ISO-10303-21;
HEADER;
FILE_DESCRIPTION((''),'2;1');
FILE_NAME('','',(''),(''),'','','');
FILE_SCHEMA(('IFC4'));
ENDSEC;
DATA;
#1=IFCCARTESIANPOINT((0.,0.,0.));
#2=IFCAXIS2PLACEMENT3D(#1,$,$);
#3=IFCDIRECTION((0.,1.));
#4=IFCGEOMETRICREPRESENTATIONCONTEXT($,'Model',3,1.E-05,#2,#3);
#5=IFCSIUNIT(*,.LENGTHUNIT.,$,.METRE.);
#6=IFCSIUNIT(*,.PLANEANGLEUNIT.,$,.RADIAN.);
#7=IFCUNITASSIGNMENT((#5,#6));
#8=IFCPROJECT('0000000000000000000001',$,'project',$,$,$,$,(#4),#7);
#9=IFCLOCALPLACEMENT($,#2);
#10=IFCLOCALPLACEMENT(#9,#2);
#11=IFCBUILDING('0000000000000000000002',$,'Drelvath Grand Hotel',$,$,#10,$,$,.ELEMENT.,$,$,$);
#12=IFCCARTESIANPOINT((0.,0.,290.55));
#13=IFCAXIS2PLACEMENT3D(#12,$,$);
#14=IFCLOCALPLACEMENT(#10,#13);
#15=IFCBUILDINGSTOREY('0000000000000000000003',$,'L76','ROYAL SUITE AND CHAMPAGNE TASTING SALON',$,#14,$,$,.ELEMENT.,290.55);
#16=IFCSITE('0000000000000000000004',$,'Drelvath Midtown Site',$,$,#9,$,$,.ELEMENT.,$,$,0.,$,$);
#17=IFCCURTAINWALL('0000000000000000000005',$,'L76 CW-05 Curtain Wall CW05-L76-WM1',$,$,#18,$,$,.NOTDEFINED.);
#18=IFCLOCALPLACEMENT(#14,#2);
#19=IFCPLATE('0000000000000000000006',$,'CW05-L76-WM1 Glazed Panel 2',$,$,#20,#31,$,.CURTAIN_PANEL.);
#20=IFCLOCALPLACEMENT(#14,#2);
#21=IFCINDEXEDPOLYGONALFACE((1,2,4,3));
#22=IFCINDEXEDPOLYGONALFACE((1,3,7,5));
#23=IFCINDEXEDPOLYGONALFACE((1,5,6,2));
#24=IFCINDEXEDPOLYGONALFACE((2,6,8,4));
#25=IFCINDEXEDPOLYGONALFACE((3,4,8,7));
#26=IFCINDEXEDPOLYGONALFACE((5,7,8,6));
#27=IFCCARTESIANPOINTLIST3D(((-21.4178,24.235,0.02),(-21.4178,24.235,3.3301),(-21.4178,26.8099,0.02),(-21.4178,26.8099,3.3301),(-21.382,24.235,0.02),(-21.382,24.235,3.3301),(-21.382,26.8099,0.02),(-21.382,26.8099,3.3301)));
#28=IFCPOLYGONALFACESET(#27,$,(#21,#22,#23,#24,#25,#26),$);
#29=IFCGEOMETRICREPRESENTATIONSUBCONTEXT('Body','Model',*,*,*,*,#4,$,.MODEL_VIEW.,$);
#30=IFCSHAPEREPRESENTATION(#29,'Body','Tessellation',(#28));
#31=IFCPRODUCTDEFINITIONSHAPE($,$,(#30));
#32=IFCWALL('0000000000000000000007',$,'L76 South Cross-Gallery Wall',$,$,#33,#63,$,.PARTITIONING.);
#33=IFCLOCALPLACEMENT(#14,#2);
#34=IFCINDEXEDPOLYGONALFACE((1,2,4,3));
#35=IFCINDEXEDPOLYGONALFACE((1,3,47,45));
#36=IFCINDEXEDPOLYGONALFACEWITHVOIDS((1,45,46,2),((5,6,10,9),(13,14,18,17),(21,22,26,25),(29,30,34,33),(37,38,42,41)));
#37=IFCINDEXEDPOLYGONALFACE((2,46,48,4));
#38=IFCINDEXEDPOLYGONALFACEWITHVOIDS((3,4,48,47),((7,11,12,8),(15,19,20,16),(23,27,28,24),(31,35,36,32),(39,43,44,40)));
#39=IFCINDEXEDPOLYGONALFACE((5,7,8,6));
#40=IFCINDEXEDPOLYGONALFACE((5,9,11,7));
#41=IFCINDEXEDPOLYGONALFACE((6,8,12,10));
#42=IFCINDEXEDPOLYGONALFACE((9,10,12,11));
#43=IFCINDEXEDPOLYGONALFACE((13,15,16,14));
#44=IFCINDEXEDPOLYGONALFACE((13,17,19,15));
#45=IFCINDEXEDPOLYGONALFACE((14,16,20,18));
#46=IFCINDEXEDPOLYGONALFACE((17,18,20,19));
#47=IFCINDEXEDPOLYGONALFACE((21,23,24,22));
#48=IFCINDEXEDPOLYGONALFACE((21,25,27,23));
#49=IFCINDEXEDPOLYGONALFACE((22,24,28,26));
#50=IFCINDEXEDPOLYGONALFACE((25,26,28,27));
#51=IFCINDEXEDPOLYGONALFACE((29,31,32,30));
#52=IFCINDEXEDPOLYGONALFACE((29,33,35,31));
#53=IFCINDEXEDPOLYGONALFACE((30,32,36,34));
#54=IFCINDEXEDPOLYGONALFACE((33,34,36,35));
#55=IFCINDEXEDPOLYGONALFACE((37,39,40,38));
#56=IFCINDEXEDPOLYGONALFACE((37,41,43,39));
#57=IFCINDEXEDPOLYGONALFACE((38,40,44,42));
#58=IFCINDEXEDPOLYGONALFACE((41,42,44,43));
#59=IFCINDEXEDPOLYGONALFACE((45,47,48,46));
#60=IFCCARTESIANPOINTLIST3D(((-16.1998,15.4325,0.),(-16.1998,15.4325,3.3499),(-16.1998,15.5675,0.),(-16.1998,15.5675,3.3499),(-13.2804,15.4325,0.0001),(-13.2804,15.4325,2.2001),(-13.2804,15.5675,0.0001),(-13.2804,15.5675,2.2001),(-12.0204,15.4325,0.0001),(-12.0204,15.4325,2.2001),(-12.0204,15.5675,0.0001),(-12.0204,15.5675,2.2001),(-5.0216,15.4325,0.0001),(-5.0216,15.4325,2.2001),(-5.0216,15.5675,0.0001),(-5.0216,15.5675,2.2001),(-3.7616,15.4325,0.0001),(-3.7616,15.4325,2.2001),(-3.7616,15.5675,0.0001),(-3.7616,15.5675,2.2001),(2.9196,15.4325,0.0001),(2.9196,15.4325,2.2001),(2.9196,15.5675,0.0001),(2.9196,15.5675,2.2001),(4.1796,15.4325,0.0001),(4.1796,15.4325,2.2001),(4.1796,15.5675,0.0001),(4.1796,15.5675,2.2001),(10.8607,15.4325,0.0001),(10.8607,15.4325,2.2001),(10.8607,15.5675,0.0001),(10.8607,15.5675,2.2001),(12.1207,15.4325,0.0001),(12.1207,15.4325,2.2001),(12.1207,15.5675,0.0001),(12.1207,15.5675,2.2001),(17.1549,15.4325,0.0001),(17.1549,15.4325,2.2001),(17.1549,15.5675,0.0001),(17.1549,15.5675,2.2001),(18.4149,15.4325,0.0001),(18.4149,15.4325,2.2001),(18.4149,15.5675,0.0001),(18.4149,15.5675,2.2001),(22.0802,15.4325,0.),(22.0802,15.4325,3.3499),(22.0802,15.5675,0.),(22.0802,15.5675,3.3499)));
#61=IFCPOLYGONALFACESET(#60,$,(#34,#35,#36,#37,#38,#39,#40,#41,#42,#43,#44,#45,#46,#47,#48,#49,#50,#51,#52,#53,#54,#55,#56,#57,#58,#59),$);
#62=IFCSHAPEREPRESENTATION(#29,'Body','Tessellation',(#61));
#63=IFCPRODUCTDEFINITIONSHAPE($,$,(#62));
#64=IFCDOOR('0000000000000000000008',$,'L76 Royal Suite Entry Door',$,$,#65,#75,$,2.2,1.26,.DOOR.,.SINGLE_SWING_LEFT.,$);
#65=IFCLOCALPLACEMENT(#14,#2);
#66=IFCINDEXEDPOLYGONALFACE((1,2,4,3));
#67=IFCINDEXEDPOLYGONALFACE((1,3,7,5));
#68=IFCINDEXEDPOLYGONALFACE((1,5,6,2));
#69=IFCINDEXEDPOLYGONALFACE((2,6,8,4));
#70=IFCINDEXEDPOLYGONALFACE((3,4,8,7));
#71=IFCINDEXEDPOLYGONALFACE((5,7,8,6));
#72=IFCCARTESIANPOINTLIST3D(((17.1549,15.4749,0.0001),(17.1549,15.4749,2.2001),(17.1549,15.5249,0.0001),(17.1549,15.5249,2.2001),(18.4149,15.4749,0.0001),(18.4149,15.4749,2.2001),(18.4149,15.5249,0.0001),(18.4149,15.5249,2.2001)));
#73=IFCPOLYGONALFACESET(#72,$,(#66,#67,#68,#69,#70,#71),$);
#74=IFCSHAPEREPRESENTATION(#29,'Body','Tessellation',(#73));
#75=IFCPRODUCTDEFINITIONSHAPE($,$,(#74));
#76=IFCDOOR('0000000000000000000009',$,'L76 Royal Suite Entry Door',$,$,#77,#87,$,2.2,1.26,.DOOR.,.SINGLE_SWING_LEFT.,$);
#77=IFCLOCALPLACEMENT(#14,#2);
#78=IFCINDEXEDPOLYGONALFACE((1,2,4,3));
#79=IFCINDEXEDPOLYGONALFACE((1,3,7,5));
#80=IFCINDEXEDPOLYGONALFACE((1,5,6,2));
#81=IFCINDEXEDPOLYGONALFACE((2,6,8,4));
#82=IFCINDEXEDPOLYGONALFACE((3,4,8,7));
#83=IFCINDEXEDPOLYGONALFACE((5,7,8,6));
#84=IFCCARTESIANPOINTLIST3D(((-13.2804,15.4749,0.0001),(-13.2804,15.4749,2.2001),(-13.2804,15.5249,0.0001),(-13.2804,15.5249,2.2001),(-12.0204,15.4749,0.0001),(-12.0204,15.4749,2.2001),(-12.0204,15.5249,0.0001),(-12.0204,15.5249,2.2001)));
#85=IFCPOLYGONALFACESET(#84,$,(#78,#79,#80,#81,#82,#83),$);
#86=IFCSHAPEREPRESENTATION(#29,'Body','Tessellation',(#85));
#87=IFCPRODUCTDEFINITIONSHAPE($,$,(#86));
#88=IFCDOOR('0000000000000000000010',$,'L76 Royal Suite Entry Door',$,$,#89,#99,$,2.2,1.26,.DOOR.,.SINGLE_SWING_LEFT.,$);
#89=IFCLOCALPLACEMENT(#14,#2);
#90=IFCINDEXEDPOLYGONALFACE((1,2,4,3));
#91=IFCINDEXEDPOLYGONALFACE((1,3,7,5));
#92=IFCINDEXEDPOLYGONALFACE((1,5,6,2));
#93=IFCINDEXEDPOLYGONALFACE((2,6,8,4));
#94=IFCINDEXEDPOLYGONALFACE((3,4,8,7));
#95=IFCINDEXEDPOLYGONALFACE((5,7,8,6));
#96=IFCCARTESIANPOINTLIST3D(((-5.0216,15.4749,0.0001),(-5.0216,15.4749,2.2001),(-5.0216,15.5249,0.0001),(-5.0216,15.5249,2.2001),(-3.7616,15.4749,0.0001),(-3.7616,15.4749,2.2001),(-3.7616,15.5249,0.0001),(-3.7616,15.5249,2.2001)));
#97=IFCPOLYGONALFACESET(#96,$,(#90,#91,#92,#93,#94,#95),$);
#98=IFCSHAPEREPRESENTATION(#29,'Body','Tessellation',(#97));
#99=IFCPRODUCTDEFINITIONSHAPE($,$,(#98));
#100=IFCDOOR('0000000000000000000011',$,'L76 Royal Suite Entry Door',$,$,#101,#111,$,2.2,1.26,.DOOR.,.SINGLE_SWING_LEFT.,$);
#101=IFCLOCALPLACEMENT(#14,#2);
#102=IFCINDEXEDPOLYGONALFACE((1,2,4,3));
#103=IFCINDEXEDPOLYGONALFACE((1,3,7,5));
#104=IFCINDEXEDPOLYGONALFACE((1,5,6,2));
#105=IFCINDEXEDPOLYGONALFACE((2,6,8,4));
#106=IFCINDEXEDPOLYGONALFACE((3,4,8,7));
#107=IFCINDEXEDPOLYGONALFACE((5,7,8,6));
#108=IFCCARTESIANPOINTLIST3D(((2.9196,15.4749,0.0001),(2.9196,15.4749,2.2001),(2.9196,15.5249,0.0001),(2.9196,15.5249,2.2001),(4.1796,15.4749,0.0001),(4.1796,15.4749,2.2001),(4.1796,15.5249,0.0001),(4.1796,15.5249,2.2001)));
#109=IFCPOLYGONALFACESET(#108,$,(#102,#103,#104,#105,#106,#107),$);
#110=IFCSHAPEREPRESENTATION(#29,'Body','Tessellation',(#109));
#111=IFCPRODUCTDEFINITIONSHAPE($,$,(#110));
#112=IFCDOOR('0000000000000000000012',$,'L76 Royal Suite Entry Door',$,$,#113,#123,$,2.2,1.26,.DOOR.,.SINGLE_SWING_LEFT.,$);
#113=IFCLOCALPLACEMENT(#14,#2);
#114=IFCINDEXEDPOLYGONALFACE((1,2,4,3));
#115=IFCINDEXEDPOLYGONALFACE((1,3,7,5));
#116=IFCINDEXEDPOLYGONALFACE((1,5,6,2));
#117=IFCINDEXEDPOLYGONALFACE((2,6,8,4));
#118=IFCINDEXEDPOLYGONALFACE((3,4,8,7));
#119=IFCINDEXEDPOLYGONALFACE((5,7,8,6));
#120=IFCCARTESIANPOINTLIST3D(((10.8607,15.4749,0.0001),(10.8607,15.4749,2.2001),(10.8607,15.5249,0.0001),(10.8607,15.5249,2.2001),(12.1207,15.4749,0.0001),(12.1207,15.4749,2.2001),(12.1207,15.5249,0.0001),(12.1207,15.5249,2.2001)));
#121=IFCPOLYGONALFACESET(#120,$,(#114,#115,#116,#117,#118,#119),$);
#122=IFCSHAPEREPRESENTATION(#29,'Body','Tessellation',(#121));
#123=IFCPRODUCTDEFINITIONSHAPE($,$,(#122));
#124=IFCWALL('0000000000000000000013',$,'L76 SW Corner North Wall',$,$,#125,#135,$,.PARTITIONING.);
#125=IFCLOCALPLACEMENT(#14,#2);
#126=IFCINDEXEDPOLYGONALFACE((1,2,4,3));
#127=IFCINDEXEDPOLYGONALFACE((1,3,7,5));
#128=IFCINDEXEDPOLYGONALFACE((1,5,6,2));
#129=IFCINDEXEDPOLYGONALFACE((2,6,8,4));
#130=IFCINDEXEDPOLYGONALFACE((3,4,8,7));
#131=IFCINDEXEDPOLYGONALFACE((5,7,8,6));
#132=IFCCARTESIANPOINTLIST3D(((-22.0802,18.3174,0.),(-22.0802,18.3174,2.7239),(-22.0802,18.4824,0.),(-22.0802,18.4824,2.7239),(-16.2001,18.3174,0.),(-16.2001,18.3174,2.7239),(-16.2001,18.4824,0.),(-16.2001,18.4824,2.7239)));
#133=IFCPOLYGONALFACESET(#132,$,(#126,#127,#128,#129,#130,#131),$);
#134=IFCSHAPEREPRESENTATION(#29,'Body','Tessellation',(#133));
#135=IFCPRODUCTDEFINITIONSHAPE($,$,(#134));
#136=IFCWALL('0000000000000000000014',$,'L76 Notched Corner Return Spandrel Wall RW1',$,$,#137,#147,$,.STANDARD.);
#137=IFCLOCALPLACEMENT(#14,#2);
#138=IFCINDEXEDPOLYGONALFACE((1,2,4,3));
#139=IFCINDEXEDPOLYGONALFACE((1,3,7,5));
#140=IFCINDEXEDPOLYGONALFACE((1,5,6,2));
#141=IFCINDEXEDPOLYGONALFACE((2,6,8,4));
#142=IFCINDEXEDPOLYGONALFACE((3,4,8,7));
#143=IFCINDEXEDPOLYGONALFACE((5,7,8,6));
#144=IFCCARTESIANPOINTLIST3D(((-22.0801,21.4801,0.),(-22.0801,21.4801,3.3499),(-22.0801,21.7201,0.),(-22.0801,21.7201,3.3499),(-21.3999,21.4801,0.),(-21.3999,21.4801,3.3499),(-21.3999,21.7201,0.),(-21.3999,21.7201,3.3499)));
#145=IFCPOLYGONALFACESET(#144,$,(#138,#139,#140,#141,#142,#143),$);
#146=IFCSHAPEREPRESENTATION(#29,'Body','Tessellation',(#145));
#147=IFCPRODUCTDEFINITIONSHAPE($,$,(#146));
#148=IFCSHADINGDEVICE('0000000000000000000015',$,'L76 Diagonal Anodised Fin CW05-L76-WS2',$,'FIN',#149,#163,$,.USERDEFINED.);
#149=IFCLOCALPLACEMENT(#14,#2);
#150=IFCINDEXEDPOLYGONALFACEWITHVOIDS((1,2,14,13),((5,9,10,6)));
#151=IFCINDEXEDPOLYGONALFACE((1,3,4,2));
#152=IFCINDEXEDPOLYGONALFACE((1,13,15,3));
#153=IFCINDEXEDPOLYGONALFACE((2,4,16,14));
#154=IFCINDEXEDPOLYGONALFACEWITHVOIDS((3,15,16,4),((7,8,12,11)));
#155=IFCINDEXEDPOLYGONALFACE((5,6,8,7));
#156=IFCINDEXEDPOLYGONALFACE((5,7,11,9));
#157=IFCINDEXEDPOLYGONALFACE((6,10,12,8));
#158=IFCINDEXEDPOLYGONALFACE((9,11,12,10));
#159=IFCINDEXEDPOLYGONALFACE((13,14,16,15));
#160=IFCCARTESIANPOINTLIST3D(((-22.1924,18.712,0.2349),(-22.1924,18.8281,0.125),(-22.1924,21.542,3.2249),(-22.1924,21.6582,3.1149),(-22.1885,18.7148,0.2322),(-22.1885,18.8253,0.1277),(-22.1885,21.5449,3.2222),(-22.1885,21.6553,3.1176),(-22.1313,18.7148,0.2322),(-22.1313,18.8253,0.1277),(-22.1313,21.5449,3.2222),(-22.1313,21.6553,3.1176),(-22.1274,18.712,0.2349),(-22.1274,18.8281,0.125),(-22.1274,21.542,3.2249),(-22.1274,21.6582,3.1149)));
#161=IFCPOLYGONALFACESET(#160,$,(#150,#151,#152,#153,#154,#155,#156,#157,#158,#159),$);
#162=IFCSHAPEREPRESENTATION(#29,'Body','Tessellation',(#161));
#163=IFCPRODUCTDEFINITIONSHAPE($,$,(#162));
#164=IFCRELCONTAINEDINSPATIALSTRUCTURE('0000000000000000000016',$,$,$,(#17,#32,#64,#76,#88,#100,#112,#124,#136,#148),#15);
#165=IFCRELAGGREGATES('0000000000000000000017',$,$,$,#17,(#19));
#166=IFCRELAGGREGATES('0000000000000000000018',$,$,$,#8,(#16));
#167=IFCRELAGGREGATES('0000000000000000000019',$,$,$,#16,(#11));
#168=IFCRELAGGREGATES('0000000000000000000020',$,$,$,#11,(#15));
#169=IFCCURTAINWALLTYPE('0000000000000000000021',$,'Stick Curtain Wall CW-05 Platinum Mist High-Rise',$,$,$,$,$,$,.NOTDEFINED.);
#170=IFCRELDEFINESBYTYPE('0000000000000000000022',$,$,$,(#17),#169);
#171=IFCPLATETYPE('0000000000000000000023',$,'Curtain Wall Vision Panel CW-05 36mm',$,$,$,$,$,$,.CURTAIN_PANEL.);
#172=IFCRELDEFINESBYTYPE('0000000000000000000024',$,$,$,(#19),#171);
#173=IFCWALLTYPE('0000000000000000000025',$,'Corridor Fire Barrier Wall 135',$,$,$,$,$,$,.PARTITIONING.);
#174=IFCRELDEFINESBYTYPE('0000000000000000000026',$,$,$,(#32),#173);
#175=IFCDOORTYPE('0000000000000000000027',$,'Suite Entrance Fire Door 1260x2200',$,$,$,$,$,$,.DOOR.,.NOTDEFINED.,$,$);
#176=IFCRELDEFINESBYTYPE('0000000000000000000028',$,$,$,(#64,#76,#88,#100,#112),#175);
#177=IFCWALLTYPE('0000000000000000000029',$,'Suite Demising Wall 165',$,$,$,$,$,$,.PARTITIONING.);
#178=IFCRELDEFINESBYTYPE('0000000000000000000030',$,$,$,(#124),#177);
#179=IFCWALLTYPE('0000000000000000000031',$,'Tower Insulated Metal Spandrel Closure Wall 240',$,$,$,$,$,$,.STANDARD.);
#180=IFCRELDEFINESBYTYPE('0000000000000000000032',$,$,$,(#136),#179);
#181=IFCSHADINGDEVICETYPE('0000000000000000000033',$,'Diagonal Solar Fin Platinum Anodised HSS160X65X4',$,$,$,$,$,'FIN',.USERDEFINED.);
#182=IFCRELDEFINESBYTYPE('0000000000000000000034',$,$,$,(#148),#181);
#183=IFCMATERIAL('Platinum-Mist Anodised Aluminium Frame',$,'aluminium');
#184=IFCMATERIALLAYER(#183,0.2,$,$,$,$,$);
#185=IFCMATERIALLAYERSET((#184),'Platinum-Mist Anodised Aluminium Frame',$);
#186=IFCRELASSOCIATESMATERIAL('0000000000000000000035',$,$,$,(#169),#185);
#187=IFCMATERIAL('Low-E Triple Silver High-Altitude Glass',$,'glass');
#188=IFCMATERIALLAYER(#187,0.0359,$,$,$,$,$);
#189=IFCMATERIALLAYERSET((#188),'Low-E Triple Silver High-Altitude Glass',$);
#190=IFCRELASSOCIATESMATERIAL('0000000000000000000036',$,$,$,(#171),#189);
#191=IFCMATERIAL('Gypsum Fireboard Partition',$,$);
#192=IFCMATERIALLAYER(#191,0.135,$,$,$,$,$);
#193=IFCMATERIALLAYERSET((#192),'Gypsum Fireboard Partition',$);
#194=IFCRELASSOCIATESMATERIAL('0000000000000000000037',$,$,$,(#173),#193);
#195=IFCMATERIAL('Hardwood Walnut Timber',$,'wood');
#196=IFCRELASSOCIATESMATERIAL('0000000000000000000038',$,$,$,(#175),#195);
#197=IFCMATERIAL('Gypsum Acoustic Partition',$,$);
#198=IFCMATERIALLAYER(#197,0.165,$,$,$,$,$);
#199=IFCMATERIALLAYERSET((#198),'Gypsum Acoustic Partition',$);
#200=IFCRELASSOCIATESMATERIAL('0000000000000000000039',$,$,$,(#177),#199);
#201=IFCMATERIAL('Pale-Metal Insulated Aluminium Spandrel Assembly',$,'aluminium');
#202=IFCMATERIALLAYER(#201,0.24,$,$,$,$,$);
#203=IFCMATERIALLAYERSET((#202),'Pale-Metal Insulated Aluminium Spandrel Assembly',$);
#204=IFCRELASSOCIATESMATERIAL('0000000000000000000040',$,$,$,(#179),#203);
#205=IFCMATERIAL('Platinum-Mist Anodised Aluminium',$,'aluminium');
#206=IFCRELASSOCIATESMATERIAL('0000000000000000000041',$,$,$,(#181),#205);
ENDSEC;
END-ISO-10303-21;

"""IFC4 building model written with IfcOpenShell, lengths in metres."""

from ifc_helpers import new_model, si_unit, direction, frame, frame_2d, origin, origin_2d, place, context, subcontext, project, spatial, rectangle, hollow_rectangle, extrude, material, layer, layer_set, material_profile, profile_set, type_object, element, fill, aggregate, save


model = new_model("IFC4")

# Units and contexts
model_context = context("Model", 3, precision=1e-05, world=origin(), true_north=direction((0.0, 1.0)))
body_context = subcontext(model_context, "Body", "Model", "MODEL_VIEW")
ifc_project = project(units=[si_unit("LENGTHUNIT", "METRE"), si_unit("PLANEANGLEUNIT", "RADIAN")], contexts=[model_context])

# Site, building, storey
site_placement = place(None, origin())
site = spatial("IfcSite", under=ifc_project, at=site_placement, Name="Drelvath Midtown Site", CompositionType="ELEMENT", RefElevation=0.0)
building_placement = place(site_placement, origin())
building = spatial("IfcBuilding", under=site, at=building_placement, Name="Drelvath Grand Hotel", CompositionType="ELEMENT")
storey_placement = place(building_placement, frame((0.0, 0.0, 290.55)))
storey = spatial("IfcBuildingStorey", under=building, at=storey_placement, Name="L76", Description="ROYAL SUITE AND CHAMPAGNE TASTING SALON", CompositionType="ELEMENT", Elevation=290.55)

# Curtain wall
ifc_material_1 = material(Name="Platinum-Mist Anodised Aluminium Frame", Category="aluminium")
ifc_layer_1 = layer(ifc_material_1, 0.2)
ifc_layer_set_1 = layer_set([ifc_layer_1], Name="Platinum-Mist Anodised Aluminium Frame")
curtain_wall_type = type_object("IfcCurtainWallType", Name="Stick Curtain Wall CW-05 Platinum Mist High-Rise", PredefinedType="NOTDEFINED", material=ifc_layer_set_1)
curtain_wall_1_placement = place(storey_placement, origin())
curtain_wall_1 = element("IfcCurtainWall", 1, at=curtain_wall_1_placement, inside=storey, type_object=curtain_wall_type, Name="L76 CW-05 Curtain Wall CW05-L76-WM1", PredefinedType="NOTDEFINED")

# Plate
ifc_material_2 = material(Name="Low-E Triple Silver High-Altitude Glass", Category="glass")
ifc_layer_2 = layer(ifc_material_2, 0.0359)
ifc_layer_set_2 = layer_set([ifc_layer_2], Name="Low-E Triple Silver High-Altitude Glass")
plate_type = type_object("IfcPlateType", Name="Curtain Wall Vision Panel CW-05 36mm", PredefinedType="CURTAIN_PANEL", material=ifc_layer_set_2)
plate_1_placement = place(storey_placement, frame((-21.3999, 25.5225, 0.02), z_axis=(0.0, 0.0, 1.0), x_axis=(0.0, 1.0, 0.0)))
plate_1 = element("IfcPlate", 2, at=plate_1_placement, type_object=plate_type, Name="CW05-L76-WM1 Glazed Panel 2", PredefinedType="CURTAIN_PANEL", context=body_context, shape_type="SweptSolid", body=[
    extrude(rectangle(XDim=2.575, YDim=0.0359, at=origin_2d()), origin(), (0.0, 0.0, 1.0), 3.3101),
])
aggregate(curtain_wall_1, [plate_1])

# Wall, openings, doors
ifc_material_3 = material(Name="Gypsum Fireboard Partition")
ifc_layer_3 = layer(ifc_material_3, 0.135)
ifc_layer_set_3 = layer_set([ifc_layer_3], Name="Gypsum Fireboard Partition")
wall_type_1 = type_object("IfcWallType", Name="Corridor Fire Barrier Wall 135", PredefinedType="PARTITIONING", material=ifc_layer_set_3)
wall_1_placement = place(storey_placement, frame((-16.2, 15.5, 0.0), z_axis=(0.0, 0.0, 1.0), x_axis=(1.0, 0.0, 0.0)))
wall_1 = element("IfcWall", 3, at=wall_1_placement, inside=storey, type_object=wall_type_1, Name="L76 South Cross-Gallery Wall", PredefinedType="PARTITIONING", context=body_context, shape_type="SweptSolid", body=[
    extrude(rectangle(XDim=38.28, YDim=0.135, at=frame_2d((19.1401, 0.0))), origin(), (0.0, 0.0, 1.0), 3.3499),
])
opening_1_placement = place(wall_1_placement, frame((33.355, 0.0, 0.0)))
opening_1 = element("IfcOpeningElement", 4, at=opening_1_placement, cuts=wall_1, PredefinedType="OPENING", context=body_context, shape_type="SweptSolid", body=[
    extrude(rectangle(XDim=1.26, YDim=2.2, at=frame_2d((0.6299, 1.1001))), frame((0.0, 0.0774, 0.0), z_axis=(0.0, -1.0, 0.0), x_axis=(1.0, 0.0, 0.0)), (0.0, 0.0, 1.0), 0.155),
])
opening_2_placement = place(wall_1_placement, frame((2.9197, 0.0, 0.0)))
opening_2 = element("IfcOpeningElement", 5, at=opening_2_placement, cuts=wall_1, PredefinedType="OPENING", context=body_context, shape_type="SweptSolid", body=[
    extrude(rectangle(XDim=1.26, YDim=2.2, at=frame_2d((0.6299, 1.1001))), frame((0.0, 0.0774, 0.0), z_axis=(0.0, -1.0, 0.0), x_axis=(1.0, 0.0, 0.0)), (0.0, 0.0, 1.0), 0.155),
])
opening_3_placement = place(wall_1_placement, frame((11.1785, 0.0, 0.0)))
opening_3 = element("IfcOpeningElement", 6, at=opening_3_placement, cuts=wall_1, PredefinedType="OPENING", context=body_context, shape_type="SweptSolid", body=[
    extrude(rectangle(XDim=1.26, YDim=2.2, at=frame_2d((0.6299, 1.1001))), frame((0.0, 0.0774, 0.0), z_axis=(0.0, -1.0, 0.0), x_axis=(1.0, 0.0, 0.0)), (0.0, 0.0, 1.0), 0.155),
])
opening_4_placement = place(wall_1_placement, frame((19.1196, 0.0, 0.0)))
opening_4 = element("IfcOpeningElement", 7, at=opening_4_placement, cuts=wall_1, PredefinedType="OPENING", context=body_context, shape_type="SweptSolid", body=[
    extrude(rectangle(XDim=1.26, YDim=2.2, at=frame_2d((0.6299, 1.1001))), frame((0.0, 0.0774, 0.0), z_axis=(0.0, -1.0, 0.0), x_axis=(1.0, 0.0, 0.0)), (0.0, 0.0, 1.0), 0.155),
])
opening_5_placement = place(wall_1_placement, frame((27.0608, 0.0, 0.0)))
opening_5 = element("IfcOpeningElement", 8, at=opening_5_placement, cuts=wall_1, PredefinedType="OPENING", context=body_context, shape_type="SweptSolid", body=[
    extrude(rectangle(XDim=1.26, YDim=2.2, at=frame_2d((0.6299, 1.1001))), frame((0.0, 0.0774, 0.0), z_axis=(0.0, -1.0, 0.0), x_axis=(1.0, 0.0, 0.0)), (0.0, 0.0, 1.0), 0.155),
])
ifc_material_4 = material(Name="Hardwood Walnut Timber", Category="wood")
door_type = type_object("IfcDoorType", Name="Suite Entrance Fire Door 1260x2200", OperationType="NOTDEFINED", PredefinedType="DOOR", material=ifc_material_4)
door_1_placement = place(opening_1_placement, origin())
door_1 = element("IfcDoor", 9, at=door_1_placement, inside=storey, type_object=door_type, Name="L76 Royal Suite Entry Door", OperationType="SINGLE_SWING_LEFT", OverallHeight=2.2, OverallWidth=1.26, PredefinedType="DOOR", context=body_context, shape_type="SweptSolid", body=[
    extrude(rectangle(XDim=1.26, YDim=2.2, at=frame_2d((0.6299, 1.1001))), frame((0.0, 0.0249, 0.0), z_axis=(0.0, -1.0, 0.0), x_axis=(1.0, 0.0, 0.0)), (0.0, 0.0, 1.0), 0.05),
])
fill(opening_1, door_1)
door_2_placement = place(opening_2_placement, origin())
door_2 = element("IfcDoor", 10, at=door_2_placement, inside=storey, type_object=door_type, Name="L76 Royal Suite Entry Door", OperationType="SINGLE_SWING_LEFT", OverallHeight=2.2, OverallWidth=1.26, PredefinedType="DOOR", context=body_context, shape_type="SweptSolid", body=[
    extrude(rectangle(XDim=1.26, YDim=2.2, at=frame_2d((0.6299, 1.1001))), frame((0.0, 0.0249, 0.0), z_axis=(0.0, -1.0, 0.0), x_axis=(1.0, 0.0, 0.0)), (0.0, 0.0, 1.0), 0.05),
])
fill(opening_2, door_2)
door_3_placement = place(opening_3_placement, origin())
door_3 = element("IfcDoor", 11, at=door_3_placement, inside=storey, type_object=door_type, Name="L76 Royal Suite Entry Door", OperationType="SINGLE_SWING_LEFT", OverallHeight=2.2, OverallWidth=1.26, PredefinedType="DOOR", context=body_context, shape_type="SweptSolid", body=[
    extrude(rectangle(XDim=1.26, YDim=2.2, at=frame_2d((0.6299, 1.1001))), frame((0.0, 0.0249, 0.0), z_axis=(0.0, -1.0, 0.0), x_axis=(1.0, 0.0, 0.0)), (0.0, 0.0, 1.0), 0.05),
])
fill(opening_3, door_3)
door_4_placement = place(opening_4_placement, origin())
door_4 = element("IfcDoor", 12, at=door_4_placement, inside=storey, type_object=door_type, Name="L76 Royal Suite Entry Door", OperationType="SINGLE_SWING_LEFT", OverallHeight=2.2, OverallWidth=1.26, PredefinedType="DOOR", context=body_context, shape_type="SweptSolid", body=[
    extrude(rectangle(XDim=1.26, YDim=2.2, at=frame_2d((0.6299, 1.1001))), frame((0.0, 0.0249, 0.0), z_axis=(0.0, -1.0, 0.0), x_axis=(1.0, 0.0, 0.0)), (0.0, 0.0, 1.0), 0.05),
])
fill(opening_4, door_4)
door_5_placement = place(opening_5_placement, origin())
door_5 = element("IfcDoor", 13, at=door_5_placement, inside=storey, type_object=door_type, Name="L76 Royal Suite Entry Door", OperationType="SINGLE_SWING_LEFT", OverallHeight=2.2, OverallWidth=1.26, PredefinedType="DOOR", context=body_context, shape_type="SweptSolid", body=[
    extrude(rectangle(XDim=1.26, YDim=2.2, at=frame_2d((0.6299, 1.1001))), frame((0.0, 0.0249, 0.0), z_axis=(0.0, -1.0, 0.0), x_axis=(1.0, 0.0, 0.0)), (0.0, 0.0, 1.0), 0.05),
])
fill(opening_5, door_5)

# Walls
ifc_material_5 = material(Name="Gypsum Acoustic Partition")
ifc_layer_4 = layer(ifc_material_5, 0.165)
ifc_layer_set_4 = layer_set([ifc_layer_4], Name="Gypsum Acoustic Partition")
wall_type_2 = type_object("IfcWallType", Name="Suite Demising Wall 165", PredefinedType="PARTITIONING", material=ifc_layer_set_4)
wall_2_placement = place(storey_placement, frame((-22.0801, 18.3999, 0.0), z_axis=(0.0, 0.0, 1.0), x_axis=(1.0, 0.0, 0.0)))
element("IfcWall", 14, at=wall_2_placement, inside=storey, type_object=wall_type_2, Name="L76 SW Corner North Wall", PredefinedType="PARTITIONING", context=body_context, shape_type="SweptSolid", body=[
    extrude(rectangle(XDim=5.8801, YDim=0.165, at=frame_2d((2.9399, 0.0))), origin(), (0.0, 0.0, 1.0), 2.7239),
])
ifc_material_6 = material(Name="Pale-Metal Insulated Aluminium Spandrel Assembly", Category="aluminium")
ifc_layer_5 = layer(ifc_material_6, 0.24)
ifc_layer_set_5 = layer_set([ifc_layer_5], Name="Pale-Metal Insulated Aluminium Spandrel Assembly")
wall_type_3 = type_object("IfcWallType", Name="Tower Insulated Metal Spandrel Closure Wall 240", PredefinedType="STANDARD", material=ifc_layer_set_5)
wall_3_placement = place(storey_placement, frame((-22.0801, 21.6001, 0.0), z_axis=(0.0, 0.0, 1.0), x_axis=(1.0, 0.0, 0.0)))
element("IfcWall", 15, at=wall_3_placement, inside=storey, type_object=wall_type_3, Name="L76 Notched Corner Return Spandrel Wall RW1", PredefinedType="STANDARD", context=body_context, shape_type="SweptSolid", body=[
    extrude(rectangle(XDim=0.6802, YDim=0.24, at=frame_2d((0.3401, 0.0))), origin(), (0.0, 0.0, 1.0), 3.3499),
])

# Shading device
ifc_material_7 = material(Name="Platinum-Mist Anodised Aluminium", Category="aluminium")
ifc_material_profile_1 = material_profile(ifc_material_7, hollow_rectangle(XDim=0.0649, YDim=0.1599, WallThickness=0.0039, at=origin_2d()), Name="HSS160X65X4")
ifc_profile_set_1 = profile_set([ifc_material_profile_1], Name="Platinum-Mist Anodised Aluminium")
shading_device_type = type_object("IfcShadingDeviceType", Name="Diagonal Solar Fin Platinum Anodised HSS160X65X4", ElementType="FIN", PredefinedType="USERDEFINED", material=ifc_profile_set_1)
shading_device_placement = place(storey_placement, frame((-22.1599, 18.77, 0.1799), z_axis=(0.0, 0.687419, 0.726261), x_axis=(-1.0, 0.0, 0.0)))
element("IfcShadingDevice", 16, at=shading_device_placement, inside=storey, type_object=shading_device_type, Name="L76 Diagonal Anodised Fin CW05-L76-WS2", ObjectType="FIN", PredefinedType="USERDEFINED", context=body_context, shape_type="SweptSolid", body=[
    extrude(hollow_rectangle(XDim=0.0649, YDim=0.1599, WallThickness=0.0039, at=origin_2d()), origin(), (0.0, 0.0, 1.0), 4.1169),
])

save(model, "model.ifc")
